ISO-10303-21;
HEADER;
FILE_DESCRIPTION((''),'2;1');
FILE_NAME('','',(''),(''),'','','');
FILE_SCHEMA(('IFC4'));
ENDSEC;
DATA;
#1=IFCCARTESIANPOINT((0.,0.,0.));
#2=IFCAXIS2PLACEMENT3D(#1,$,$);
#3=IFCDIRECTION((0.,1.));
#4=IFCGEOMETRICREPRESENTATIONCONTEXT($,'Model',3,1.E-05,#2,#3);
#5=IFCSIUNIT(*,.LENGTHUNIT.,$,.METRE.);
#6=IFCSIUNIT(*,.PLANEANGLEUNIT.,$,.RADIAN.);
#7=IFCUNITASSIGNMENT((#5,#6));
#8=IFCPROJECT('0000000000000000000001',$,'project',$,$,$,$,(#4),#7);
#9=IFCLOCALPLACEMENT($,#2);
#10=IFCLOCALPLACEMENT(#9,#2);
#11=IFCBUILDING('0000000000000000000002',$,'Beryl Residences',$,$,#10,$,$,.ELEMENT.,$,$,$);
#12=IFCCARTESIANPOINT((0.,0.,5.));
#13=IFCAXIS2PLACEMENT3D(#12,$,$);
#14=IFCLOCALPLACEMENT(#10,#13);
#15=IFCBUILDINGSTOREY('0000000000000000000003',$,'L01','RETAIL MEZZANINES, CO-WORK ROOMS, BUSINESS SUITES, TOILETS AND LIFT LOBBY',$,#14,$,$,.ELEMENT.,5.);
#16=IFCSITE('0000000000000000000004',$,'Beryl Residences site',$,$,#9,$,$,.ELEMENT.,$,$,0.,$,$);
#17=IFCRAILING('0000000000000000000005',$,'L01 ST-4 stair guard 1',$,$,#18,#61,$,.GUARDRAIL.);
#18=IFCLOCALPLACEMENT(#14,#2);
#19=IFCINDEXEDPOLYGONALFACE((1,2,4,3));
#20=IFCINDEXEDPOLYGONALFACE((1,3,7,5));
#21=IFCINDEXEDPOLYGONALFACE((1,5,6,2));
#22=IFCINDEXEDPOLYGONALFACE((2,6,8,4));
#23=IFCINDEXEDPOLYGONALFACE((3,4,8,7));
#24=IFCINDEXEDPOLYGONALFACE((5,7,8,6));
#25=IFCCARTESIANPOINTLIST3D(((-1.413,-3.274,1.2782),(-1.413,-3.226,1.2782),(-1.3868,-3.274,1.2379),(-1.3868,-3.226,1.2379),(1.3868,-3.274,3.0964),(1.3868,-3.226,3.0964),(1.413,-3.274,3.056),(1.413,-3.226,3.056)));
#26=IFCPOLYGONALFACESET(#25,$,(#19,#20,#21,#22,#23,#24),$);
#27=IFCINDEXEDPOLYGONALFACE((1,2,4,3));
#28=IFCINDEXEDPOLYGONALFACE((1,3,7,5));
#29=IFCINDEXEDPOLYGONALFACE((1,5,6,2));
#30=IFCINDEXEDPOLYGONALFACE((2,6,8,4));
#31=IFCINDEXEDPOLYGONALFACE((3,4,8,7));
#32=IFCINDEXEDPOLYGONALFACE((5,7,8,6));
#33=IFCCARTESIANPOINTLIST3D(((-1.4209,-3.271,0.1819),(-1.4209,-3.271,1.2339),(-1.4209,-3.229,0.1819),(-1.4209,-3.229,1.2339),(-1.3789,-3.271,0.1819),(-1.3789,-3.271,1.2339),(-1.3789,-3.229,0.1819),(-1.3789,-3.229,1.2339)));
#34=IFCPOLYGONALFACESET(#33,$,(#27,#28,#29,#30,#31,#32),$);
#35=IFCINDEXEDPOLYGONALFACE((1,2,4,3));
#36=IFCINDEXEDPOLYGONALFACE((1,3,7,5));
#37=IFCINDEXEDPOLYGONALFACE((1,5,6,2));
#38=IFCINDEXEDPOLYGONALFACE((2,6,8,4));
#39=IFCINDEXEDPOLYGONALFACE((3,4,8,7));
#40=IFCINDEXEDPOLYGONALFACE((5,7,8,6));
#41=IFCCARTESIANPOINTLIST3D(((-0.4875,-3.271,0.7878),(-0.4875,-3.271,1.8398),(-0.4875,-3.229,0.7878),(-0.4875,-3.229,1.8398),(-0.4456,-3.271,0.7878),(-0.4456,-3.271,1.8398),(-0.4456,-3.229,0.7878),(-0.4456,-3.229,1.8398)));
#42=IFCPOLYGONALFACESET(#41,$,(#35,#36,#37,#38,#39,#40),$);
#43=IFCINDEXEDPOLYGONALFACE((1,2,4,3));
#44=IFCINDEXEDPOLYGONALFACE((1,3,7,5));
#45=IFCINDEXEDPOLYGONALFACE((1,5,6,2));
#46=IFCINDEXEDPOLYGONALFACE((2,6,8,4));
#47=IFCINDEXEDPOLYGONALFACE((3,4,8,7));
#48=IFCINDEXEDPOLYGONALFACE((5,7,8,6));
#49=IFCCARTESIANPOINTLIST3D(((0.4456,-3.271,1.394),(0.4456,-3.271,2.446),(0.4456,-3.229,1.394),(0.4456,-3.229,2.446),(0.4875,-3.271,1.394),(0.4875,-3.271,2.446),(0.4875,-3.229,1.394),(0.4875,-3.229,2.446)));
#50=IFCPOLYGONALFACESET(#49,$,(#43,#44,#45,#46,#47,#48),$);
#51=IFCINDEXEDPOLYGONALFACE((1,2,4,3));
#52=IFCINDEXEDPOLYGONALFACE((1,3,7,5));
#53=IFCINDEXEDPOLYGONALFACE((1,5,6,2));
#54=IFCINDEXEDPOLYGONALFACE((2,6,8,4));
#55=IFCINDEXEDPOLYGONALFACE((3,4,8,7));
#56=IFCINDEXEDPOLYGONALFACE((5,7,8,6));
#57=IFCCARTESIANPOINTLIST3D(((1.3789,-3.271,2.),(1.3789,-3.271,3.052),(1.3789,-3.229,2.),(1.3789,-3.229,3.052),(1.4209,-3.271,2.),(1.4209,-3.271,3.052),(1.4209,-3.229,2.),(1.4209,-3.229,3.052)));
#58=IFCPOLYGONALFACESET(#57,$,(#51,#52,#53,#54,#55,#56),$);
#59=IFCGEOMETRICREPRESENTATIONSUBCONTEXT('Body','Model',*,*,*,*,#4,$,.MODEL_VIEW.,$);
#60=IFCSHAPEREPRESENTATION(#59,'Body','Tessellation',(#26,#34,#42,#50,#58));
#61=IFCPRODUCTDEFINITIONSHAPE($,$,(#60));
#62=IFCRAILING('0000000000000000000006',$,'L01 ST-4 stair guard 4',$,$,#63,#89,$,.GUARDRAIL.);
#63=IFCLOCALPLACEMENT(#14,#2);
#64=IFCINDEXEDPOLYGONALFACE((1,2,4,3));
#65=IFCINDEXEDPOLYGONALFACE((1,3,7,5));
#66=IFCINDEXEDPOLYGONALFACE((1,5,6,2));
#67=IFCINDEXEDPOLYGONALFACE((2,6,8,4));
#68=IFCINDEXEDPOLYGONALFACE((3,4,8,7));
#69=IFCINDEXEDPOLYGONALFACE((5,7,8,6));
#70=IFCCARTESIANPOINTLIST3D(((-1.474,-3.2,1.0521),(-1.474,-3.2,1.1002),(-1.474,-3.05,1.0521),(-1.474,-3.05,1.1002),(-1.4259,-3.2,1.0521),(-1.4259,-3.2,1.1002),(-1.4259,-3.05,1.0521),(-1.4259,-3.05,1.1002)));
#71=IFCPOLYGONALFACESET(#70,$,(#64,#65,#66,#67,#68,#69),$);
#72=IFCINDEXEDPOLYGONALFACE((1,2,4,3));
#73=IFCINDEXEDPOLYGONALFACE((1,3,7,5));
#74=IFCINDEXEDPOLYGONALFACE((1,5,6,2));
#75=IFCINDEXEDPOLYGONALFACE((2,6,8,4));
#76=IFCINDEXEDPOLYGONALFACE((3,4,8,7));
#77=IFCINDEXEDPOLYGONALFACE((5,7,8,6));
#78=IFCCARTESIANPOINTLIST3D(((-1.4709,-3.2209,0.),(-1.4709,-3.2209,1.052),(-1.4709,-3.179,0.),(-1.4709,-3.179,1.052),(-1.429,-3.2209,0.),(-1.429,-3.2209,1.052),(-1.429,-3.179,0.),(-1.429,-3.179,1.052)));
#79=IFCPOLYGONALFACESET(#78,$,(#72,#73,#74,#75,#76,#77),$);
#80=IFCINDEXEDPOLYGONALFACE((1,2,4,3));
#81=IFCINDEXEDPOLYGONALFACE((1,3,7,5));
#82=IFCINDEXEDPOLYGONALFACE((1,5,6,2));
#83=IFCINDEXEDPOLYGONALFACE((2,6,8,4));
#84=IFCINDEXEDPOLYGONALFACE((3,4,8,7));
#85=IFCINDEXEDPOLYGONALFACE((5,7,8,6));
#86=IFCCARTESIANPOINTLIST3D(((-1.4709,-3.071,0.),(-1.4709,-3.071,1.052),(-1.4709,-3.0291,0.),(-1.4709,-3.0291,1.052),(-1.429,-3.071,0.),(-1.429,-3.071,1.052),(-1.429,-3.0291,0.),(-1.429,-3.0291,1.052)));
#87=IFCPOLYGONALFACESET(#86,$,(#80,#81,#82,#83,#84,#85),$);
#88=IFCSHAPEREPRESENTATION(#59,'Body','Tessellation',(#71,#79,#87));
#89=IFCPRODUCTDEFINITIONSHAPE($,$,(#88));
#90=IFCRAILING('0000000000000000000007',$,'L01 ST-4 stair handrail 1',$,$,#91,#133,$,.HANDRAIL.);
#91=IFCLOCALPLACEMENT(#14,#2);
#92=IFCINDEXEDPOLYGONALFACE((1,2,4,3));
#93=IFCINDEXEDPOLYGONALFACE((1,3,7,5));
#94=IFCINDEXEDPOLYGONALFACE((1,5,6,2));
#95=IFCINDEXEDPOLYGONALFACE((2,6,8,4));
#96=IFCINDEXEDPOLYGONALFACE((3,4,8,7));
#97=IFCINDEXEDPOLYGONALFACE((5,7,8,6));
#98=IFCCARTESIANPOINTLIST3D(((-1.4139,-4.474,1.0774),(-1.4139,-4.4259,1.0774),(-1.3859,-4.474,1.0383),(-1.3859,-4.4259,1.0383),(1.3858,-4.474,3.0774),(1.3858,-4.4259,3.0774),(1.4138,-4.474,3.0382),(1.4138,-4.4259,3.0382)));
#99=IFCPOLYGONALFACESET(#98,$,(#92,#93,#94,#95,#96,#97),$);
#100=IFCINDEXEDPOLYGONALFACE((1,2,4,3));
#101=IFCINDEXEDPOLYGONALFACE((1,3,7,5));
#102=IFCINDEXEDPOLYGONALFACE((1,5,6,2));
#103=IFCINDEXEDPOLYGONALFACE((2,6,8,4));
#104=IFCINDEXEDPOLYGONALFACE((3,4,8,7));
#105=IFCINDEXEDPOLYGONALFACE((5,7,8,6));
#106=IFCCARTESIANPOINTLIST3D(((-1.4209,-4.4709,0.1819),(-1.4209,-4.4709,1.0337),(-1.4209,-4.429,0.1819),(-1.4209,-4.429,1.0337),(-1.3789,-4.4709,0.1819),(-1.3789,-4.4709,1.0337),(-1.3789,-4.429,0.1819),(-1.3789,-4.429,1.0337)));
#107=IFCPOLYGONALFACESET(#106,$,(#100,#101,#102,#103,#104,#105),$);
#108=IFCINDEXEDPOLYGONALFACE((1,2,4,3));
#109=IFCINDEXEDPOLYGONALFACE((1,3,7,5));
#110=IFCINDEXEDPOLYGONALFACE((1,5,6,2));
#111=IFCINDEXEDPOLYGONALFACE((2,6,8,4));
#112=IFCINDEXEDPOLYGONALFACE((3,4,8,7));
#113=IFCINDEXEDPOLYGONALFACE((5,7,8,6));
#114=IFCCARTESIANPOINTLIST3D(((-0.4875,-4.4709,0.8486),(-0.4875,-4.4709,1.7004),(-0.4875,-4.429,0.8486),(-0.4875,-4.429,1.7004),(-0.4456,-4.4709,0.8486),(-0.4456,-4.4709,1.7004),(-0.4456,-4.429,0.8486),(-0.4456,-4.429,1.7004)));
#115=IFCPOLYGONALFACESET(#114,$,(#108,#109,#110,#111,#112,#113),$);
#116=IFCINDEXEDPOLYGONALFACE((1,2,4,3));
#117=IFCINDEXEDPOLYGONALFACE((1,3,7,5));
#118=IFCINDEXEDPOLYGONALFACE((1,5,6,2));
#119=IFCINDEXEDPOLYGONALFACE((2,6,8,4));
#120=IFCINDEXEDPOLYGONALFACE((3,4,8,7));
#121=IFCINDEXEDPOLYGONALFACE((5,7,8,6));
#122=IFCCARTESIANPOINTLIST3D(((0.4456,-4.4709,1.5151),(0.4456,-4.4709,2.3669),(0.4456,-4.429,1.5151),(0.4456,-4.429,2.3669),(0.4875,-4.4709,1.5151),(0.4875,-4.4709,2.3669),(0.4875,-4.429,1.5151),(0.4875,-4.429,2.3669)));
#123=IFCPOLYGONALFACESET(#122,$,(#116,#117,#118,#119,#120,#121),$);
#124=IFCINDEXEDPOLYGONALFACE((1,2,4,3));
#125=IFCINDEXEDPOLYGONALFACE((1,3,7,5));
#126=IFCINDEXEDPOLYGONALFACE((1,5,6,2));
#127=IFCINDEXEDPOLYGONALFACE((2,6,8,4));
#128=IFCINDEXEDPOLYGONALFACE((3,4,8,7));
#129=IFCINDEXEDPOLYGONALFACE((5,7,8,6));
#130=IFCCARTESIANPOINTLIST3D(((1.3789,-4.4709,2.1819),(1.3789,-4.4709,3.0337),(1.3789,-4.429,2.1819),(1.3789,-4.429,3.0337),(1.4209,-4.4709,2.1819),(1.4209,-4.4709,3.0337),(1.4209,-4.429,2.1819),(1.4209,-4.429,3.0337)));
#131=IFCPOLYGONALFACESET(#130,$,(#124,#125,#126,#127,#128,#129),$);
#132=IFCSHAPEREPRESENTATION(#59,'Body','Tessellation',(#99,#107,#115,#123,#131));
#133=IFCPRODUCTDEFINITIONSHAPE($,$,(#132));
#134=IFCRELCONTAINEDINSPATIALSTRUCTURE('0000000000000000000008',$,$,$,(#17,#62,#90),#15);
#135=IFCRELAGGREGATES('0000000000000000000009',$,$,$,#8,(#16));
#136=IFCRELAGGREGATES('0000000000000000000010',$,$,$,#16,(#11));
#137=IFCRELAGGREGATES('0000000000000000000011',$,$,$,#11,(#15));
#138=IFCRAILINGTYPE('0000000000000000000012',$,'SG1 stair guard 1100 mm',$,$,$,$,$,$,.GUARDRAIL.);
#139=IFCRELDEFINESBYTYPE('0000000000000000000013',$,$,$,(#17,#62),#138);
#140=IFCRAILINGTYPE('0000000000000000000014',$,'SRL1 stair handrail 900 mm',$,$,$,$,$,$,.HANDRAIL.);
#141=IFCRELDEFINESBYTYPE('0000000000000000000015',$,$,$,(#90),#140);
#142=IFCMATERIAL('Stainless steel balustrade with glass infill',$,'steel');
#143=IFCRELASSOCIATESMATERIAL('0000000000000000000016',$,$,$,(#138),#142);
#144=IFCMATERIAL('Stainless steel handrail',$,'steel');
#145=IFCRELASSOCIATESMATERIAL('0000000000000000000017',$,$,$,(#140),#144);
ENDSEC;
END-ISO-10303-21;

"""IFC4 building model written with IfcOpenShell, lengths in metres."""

from ifc_helpers import new_model, si_unit, direction, frame, origin, origin_2d, place, context, subcontext, project, spatial, rectangle, extrude, material, type_object, element, save


model = new_model("IFC4")

# Units and contexts
model_context = context("Model", 3, precision=1e-05, world=origin(), true_north=direction((0.0, 1.0)))
body_context = subcontext(model_context, "Body", "Model", "MODEL_VIEW")
ifc_project = project(units=[si_unit("LENGTHUNIT", "METRE"), si_unit("PLANEANGLEUNIT", "RADIAN")], contexts=[model_context])

# Site, building, storey
site_placement = place(None, origin())
site = spatial("IfcSite", under=ifc_project, at=site_placement, Name="Beryl Residences site", CompositionType="ELEMENT", RefElevation=0.0)
building_placement = place(site_placement, origin())
building = spatial("IfcBuilding", under=site, at=building_placement, Name="Beryl Residences", CompositionType="ELEMENT")
storey_placement = place(building_placement, frame((0.0, 0.0, 5.0)))
storey = spatial("IfcBuildingStorey", under=building, at=storey_placement, Name="L01", Description="RETAIL MEZZANINES, CO-WORK ROOMS, BUSINESS SUITES, TOILETS AND LIFT LOBBY", CompositionType="ELEMENT", Elevation=5.0)

# Railings
ifc_material_1 = material(Name="Stainless steel balustrade with glass infill", Category="steel")
railing_type_1 = type_object("IfcRailingType", Name="SG1 stair guard 1100 mm", PredefinedType="GUARDRAIL", material=ifc_material_1)
railing_1_placement = place(storey_placement, frame((-1.3999, -3.25, 0.1819)))
element("IfcRailing", 1, at=railing_1_placement, inside=storey, type_object=railing_type_1, Name="L01 ST-4 stair guard 1", PredefinedType="GUARDRAIL", context=body_context, shape_type="SweptSolid", body=[
    extrude(rectangle(XDim=0.0481, YDim=0.0481, at=origin_2d()), frame((0.0, 0.0, 1.0762), z_axis=(0.838684, 0.0, 0.544618), x_axis=(0.0, 1.0, 0.0)), (0.0, 0.0, 1.0), 3.3384),
    extrude(rectangle(XDim=0.042, YDim=0.042, at=origin_2d()), origin(), (0.0, 0.0, 1.0), 1.052),
    extrude(rectangle(XDim=0.042, YDim=0.042, at=origin_2d()), frame((0.9333, 0.0, 0.606)), (0.0, 0.0, 1.0), 1.052),
    extrude(rectangle(XDim=0.042, YDim=0.042, at=origin_2d()), frame((1.8665, 0.0, 1.2122)), (0.0, 0.0, 1.0), 1.052),
    extrude(rectangle(XDim=0.042, YDim=0.042, at=origin_2d()), frame((2.7998, 0.0, 1.8181)), (0.0, 0.0, 1.0), 1.052),
])
railing_2_placement = place(storey_placement, frame((-1.45, -3.2, 0.0)))
element("IfcRailing", 2, at=railing_2_placement, inside=storey, type_object=railing_type_1, Name="L01 ST-4 stair guard 4", PredefinedType="GUARDRAIL", context=body_context, shape_type="SweptSolid", body=[
    extrude(rectangle(XDim=0.0481, YDim=0.0481, at=origin_2d()), frame((0.0, 0.0, 1.0762), z_axis=(0.0, 1.0, 0.0), x_axis=(-1.0, 0.0, 0.0)), (0.0, 0.0, 1.0), 0.1499),
    extrude(rectangle(XDim=0.042, YDim=0.042, at=origin_2d()), origin(), (0.0, 0.0, 1.0), 1.052),
    extrude(rectangle(XDim=0.042, YDim=0.042, at=origin_2d()), frame((0.0, 0.1499, 0.0)), (0.0, 0.0, 1.0), 1.052),
])
ifc_material_2 = material(Name="Stainless steel handrail", Category="steel")
railing_type_2 = type_object("IfcRailingType", Name="SRL1 stair handrail 900 mm", PredefinedType="HANDRAIL", material=ifc_material_2)
railing_3_placement = place(storey_placement, frame((-1.3999, -4.45, 0.1819)))
element("IfcRailing", 3, at=railing_3_placement, inside=storey, type_object=railing_type_2, Name="L01 ST-4 stair handrail 1", PredefinedType="HANDRAIL", context=body_context, shape_type="SweptSolid", body=[
    extrude(rectangle(XDim=0.0481, YDim=0.0481, at=origin_2d()), frame((0.0, 0.0, 0.876), z_axis=(0.813714, 0.0, 0.581265), x_axis=(0.0, 1.0, 0.0)), (0.0, 0.0, 1.0), 3.4407),
    extrude(rectangle(XDim=0.042, YDim=0.042, at=origin_2d()), origin(), (0.0, 0.0, 1.0), 0.8518),
    extrude(rectangle(XDim=0.042, YDim=0.042, at=origin_2d()), frame((0.9333, 0.0, 0.6667)), (0.0, 0.0, 1.0), 0.8518),
    extrude(rectangle(XDim=0.042, YDim=0.042, at=origin_2d()), frame((1.8665, 0.0, 1.3333)), (0.0, 0.0, 1.0), 0.8518),
    extrude(rectangle(XDim=0.042, YDim=0.042, at=origin_2d()), frame((2.7998, 0.0, 2.0)), (0.0, 0.0, 1.0), 0.8518),
])

save(model, "model.ifc")
